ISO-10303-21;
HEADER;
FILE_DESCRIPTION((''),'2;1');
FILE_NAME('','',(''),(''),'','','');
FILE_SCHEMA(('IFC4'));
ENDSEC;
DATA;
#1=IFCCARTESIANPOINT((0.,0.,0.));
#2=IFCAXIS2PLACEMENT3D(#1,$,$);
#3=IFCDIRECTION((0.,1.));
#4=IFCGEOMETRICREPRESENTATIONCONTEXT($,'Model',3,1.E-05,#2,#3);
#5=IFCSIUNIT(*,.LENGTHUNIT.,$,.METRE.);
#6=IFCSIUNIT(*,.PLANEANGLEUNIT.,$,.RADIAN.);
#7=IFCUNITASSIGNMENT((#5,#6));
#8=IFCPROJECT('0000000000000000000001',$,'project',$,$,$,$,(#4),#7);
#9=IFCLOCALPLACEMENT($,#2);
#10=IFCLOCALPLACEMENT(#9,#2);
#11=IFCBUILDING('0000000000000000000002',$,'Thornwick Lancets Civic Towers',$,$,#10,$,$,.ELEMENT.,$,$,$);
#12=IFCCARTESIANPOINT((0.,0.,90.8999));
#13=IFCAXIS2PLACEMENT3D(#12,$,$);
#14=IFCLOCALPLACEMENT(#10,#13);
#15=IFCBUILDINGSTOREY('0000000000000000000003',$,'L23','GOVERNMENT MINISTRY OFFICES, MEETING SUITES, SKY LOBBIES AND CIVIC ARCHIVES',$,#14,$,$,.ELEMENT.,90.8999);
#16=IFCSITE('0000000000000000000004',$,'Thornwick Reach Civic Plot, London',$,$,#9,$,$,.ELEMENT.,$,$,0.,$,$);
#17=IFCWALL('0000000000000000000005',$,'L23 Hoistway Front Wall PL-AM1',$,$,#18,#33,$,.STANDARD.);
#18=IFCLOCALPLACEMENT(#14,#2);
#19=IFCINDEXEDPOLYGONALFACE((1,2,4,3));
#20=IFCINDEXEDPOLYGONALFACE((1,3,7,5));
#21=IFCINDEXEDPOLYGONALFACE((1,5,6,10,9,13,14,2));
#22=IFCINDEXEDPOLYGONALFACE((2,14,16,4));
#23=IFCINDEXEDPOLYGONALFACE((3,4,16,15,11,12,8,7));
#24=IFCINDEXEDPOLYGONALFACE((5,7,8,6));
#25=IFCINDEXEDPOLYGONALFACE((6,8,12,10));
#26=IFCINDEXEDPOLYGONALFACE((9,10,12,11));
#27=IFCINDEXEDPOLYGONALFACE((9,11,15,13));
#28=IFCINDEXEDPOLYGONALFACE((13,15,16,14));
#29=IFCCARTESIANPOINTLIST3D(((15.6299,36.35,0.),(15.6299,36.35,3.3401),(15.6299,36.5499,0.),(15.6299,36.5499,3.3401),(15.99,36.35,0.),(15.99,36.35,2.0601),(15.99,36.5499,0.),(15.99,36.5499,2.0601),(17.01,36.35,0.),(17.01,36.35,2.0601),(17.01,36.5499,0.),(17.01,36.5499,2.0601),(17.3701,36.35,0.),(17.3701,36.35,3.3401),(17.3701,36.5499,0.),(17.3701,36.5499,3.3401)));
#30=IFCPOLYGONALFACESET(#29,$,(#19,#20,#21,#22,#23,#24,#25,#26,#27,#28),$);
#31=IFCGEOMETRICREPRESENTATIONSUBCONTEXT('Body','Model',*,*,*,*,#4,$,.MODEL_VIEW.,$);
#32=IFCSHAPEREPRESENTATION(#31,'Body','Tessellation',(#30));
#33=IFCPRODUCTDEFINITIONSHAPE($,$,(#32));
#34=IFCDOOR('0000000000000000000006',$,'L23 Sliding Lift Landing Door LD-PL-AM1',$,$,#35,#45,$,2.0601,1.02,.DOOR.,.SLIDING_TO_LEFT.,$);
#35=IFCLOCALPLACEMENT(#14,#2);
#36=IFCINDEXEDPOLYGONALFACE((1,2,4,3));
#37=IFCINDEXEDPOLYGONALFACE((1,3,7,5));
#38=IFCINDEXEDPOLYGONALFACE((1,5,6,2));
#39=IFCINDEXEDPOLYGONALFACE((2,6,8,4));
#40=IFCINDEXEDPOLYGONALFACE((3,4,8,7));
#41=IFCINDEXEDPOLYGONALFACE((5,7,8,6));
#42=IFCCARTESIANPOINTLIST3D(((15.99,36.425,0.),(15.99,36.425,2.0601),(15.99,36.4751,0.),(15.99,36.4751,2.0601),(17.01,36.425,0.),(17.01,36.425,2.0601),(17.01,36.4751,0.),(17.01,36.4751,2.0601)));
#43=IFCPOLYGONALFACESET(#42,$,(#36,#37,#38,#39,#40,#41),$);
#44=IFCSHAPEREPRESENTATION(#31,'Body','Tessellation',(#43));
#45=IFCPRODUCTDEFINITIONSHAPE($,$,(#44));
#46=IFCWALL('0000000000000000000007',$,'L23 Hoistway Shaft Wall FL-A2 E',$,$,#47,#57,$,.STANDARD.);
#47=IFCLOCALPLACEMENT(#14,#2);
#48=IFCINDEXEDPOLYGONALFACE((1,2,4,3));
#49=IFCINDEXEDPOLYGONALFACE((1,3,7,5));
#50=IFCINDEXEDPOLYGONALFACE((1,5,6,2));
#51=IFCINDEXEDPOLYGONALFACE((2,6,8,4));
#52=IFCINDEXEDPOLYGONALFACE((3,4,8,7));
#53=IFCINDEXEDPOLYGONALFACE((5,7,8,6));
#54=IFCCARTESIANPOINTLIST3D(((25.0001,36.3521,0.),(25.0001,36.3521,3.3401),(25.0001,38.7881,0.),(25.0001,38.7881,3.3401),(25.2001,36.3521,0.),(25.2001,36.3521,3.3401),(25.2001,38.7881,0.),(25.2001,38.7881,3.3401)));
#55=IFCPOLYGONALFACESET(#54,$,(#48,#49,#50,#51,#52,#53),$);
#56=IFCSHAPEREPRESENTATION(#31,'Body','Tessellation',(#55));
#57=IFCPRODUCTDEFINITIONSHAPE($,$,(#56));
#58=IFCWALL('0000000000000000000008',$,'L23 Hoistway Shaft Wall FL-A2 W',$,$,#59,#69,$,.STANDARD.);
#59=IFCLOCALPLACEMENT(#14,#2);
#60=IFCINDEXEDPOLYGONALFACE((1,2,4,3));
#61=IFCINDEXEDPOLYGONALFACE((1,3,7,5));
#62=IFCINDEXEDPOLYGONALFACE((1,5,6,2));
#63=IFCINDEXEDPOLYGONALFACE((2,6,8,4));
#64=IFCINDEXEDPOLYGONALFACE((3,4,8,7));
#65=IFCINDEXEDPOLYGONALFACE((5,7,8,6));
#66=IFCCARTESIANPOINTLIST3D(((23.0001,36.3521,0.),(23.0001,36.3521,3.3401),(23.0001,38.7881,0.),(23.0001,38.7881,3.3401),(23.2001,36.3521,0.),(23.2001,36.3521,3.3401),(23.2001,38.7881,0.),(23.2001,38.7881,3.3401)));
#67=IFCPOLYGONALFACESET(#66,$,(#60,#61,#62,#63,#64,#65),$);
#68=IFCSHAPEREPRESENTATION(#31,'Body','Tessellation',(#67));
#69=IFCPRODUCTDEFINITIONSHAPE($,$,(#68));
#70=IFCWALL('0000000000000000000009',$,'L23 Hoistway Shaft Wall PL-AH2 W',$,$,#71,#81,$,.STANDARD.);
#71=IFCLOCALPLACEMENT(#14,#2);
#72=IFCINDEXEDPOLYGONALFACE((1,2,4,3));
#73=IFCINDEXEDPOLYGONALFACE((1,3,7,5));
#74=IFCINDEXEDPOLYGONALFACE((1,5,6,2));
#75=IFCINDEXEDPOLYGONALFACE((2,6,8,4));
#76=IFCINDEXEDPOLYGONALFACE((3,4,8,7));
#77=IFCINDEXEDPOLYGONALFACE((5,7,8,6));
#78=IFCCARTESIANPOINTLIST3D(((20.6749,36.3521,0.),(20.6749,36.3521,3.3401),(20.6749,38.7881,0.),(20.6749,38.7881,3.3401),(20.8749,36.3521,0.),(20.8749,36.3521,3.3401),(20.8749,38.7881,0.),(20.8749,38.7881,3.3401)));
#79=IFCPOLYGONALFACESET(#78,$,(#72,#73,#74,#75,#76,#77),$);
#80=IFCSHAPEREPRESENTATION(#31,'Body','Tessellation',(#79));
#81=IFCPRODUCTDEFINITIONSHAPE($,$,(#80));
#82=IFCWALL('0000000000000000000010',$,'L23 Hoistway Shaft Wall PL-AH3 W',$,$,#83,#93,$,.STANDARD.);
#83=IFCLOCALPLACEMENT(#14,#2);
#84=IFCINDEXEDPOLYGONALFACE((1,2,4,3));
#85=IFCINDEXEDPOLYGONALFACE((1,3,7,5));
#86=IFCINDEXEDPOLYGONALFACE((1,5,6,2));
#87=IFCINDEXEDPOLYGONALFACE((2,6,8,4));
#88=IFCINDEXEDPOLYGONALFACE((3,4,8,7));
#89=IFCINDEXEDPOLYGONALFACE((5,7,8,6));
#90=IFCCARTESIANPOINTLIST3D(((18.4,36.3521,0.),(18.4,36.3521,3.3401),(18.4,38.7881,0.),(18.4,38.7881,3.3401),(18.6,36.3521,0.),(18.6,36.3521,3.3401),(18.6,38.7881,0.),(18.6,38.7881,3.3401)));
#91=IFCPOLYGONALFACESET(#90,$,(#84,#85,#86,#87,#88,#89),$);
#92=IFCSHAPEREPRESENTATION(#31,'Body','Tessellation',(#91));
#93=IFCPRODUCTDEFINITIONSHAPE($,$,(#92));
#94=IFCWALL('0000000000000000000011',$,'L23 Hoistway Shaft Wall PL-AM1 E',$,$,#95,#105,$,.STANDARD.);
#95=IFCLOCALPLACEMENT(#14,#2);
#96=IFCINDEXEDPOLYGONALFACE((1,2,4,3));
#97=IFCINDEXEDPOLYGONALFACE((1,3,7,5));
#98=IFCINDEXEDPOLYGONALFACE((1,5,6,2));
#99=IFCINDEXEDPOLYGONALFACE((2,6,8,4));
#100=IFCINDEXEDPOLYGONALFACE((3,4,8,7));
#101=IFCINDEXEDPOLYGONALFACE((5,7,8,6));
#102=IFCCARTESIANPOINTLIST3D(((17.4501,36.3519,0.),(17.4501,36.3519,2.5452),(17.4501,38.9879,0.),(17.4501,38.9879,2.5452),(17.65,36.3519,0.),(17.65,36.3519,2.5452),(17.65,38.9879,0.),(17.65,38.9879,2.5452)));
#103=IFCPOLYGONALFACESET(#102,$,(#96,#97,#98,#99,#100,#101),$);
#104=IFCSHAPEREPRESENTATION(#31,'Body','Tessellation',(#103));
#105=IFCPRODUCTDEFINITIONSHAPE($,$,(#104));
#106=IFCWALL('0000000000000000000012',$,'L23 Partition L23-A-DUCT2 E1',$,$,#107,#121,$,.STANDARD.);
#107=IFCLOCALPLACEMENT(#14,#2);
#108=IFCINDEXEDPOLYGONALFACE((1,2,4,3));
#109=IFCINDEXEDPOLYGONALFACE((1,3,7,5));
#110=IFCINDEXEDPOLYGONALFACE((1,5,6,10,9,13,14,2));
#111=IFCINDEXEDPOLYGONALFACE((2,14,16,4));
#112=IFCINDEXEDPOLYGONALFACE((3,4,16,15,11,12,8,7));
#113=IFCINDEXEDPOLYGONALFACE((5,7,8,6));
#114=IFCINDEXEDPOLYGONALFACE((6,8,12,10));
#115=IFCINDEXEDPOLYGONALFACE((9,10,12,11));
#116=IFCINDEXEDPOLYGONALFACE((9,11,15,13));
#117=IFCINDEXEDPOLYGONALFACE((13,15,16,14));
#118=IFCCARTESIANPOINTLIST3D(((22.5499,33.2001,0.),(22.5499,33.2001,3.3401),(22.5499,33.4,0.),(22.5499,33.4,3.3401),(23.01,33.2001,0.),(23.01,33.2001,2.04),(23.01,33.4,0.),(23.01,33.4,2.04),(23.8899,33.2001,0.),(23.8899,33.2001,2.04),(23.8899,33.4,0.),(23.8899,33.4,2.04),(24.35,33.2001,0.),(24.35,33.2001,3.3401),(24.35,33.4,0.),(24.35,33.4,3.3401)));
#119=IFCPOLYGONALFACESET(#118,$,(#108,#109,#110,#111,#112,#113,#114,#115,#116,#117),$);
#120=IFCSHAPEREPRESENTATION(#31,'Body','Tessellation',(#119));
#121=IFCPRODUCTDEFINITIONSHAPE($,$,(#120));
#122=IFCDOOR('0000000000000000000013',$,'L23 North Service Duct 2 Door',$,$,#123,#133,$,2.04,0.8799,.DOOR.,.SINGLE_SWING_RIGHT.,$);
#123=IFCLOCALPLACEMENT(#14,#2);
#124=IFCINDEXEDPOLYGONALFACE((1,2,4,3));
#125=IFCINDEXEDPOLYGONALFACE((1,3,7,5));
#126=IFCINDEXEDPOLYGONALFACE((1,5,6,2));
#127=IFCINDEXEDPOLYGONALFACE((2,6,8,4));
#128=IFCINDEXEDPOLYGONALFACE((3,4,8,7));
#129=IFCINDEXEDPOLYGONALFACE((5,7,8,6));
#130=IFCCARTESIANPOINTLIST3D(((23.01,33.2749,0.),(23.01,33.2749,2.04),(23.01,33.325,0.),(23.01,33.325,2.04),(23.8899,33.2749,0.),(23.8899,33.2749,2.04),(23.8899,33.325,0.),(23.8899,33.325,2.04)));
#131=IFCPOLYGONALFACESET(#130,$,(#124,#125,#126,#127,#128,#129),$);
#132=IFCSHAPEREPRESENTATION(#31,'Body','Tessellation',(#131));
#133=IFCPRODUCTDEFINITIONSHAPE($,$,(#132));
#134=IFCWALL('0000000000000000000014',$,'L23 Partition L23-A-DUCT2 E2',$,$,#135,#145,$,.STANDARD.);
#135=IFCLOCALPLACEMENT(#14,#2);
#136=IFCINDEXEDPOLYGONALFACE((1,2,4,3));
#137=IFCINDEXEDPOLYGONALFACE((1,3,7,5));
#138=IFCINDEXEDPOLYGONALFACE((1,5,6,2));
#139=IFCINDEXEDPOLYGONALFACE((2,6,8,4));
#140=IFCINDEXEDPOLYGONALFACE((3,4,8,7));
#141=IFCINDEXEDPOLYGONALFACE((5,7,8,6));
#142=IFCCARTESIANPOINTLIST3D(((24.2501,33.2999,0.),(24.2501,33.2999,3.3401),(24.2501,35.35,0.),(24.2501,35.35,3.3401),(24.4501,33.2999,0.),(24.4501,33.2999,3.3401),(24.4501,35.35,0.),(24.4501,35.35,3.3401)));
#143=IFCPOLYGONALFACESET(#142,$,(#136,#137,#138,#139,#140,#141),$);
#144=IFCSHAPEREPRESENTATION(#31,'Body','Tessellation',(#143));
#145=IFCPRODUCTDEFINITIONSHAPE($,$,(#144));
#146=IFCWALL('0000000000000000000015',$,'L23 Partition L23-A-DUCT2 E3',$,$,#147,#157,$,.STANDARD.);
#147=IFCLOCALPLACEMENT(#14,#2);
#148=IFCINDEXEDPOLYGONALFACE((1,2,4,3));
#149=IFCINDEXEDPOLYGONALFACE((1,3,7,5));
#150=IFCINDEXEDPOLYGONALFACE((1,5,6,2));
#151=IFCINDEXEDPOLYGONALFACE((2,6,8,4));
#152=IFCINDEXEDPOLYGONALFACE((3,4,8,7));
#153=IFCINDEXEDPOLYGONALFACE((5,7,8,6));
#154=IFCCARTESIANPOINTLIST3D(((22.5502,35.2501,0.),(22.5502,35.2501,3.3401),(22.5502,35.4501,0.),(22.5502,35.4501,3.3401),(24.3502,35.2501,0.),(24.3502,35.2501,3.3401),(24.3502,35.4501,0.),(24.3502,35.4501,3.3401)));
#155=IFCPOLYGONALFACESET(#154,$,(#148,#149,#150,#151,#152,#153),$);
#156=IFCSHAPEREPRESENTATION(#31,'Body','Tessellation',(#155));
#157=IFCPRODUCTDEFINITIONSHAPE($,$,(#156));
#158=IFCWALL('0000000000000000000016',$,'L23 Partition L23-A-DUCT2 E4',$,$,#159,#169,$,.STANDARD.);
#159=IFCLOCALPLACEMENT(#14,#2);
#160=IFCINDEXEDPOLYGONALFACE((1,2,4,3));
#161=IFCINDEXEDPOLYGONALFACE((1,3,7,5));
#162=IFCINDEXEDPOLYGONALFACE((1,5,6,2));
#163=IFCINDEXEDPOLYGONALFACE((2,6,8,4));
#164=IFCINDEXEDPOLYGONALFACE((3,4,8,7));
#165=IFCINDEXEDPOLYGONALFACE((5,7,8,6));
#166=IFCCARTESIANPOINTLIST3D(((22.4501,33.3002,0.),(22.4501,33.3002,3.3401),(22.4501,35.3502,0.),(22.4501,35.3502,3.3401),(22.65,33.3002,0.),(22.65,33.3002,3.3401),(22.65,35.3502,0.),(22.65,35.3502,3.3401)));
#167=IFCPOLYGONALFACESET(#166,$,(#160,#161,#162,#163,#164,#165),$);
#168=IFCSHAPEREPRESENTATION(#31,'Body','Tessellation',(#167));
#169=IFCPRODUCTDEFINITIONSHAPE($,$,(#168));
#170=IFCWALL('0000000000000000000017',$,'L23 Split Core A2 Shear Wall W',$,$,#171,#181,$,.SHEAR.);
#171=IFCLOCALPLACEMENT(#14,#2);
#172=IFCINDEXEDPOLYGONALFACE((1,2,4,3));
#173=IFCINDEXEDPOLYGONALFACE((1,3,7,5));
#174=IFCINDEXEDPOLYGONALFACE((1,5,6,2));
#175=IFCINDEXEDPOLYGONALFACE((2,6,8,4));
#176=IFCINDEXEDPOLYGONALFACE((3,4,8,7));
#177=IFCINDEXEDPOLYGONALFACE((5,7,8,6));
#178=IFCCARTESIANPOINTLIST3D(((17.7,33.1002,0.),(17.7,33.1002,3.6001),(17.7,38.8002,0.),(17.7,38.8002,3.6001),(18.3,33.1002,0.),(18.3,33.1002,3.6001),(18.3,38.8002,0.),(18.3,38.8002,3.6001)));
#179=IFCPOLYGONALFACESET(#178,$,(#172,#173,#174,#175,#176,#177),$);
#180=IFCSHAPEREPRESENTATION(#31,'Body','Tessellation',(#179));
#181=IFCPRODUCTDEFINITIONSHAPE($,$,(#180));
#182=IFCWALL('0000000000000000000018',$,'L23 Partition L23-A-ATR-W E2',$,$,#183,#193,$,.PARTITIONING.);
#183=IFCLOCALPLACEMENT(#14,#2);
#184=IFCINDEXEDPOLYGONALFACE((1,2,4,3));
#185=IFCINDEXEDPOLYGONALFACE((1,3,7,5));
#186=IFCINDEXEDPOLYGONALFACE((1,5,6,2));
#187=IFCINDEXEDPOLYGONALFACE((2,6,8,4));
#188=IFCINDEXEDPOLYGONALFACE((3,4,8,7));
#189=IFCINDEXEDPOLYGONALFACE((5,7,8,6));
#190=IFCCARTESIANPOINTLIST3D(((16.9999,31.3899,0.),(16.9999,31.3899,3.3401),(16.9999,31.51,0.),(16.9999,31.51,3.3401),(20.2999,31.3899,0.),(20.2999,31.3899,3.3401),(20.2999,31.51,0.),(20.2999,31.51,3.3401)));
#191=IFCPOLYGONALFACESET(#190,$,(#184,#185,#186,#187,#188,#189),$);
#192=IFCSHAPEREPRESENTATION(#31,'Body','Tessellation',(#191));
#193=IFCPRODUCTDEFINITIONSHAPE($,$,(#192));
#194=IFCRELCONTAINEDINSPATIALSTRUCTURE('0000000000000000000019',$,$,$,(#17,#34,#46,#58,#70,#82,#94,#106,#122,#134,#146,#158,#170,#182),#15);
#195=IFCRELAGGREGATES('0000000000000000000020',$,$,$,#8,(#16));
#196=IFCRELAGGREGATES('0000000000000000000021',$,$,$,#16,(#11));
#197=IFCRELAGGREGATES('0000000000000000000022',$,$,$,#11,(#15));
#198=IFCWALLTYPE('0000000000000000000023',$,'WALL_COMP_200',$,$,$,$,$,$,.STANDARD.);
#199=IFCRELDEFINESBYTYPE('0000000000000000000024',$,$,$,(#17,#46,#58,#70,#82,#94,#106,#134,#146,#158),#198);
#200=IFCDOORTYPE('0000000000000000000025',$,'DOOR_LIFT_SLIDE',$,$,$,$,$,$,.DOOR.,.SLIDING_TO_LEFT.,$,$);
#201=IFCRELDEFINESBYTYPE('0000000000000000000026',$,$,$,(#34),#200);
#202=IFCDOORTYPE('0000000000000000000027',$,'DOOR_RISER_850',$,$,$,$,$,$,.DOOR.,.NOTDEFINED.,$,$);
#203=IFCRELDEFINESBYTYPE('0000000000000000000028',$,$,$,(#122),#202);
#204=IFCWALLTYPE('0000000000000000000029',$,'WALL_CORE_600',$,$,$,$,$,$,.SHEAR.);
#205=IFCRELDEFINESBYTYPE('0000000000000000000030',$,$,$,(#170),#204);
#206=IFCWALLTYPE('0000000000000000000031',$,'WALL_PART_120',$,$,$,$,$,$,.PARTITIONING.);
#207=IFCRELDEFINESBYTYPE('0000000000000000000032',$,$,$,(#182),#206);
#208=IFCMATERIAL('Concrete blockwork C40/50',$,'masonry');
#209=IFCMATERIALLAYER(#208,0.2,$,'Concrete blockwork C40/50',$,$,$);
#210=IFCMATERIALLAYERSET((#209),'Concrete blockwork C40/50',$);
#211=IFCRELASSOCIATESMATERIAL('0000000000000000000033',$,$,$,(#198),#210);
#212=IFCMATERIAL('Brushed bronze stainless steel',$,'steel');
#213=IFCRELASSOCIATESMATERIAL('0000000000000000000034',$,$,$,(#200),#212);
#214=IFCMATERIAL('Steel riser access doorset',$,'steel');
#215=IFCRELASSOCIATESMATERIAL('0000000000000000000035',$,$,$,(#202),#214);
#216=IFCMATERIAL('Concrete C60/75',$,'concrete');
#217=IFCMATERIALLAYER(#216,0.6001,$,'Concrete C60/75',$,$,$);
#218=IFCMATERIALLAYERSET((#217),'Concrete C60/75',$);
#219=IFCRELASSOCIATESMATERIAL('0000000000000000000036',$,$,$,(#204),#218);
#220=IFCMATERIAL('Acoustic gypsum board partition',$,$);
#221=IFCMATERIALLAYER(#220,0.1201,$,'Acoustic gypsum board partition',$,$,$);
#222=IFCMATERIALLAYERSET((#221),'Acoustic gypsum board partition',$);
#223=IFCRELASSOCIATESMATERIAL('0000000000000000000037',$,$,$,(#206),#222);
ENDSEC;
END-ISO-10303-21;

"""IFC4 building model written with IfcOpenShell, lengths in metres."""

from ifc_helpers import new_model, si_unit, direction, frame, frame_2d, origin, place, context, subcontext, project, spatial, rectangle, extrude, material, layer, layer_set, type_object, element, fill, save


model = new_model("IFC4")

# Units and contexts
model_context = context("Model", 3, precision=1e-05, world=origin(), true_north=direction((0.0, 1.0)))
body_context = subcontext(model_context, "Body", "Model", "MODEL_VIEW")
ifc_project = project(units=[si_unit("LENGTHUNIT", "METRE"), si_unit("PLANEANGLEUNIT", "RADIAN")], contexts=[model_context])

# Site, building, storey
site_placement = place(None, origin())
site = spatial("IfcSite", under=ifc_project, at=site_placement, Name="Thornwick Reach Civic Plot, London", CompositionType="ELEMENT", RefElevation=0.0)
building_placement = place(site_placement, origin())
building = spatial("IfcBuilding", under=site, at=building_placement, Name="Thornwick Lancets Civic Towers", CompositionType="ELEMENT")
storey_placement = place(building_placement, frame((0.0, 0.0, 90.8999)))
storey = spatial("IfcBuildingStorey", under=building, at=storey_placement, Name="L23", Description="GOVERNMENT MINISTRY OFFICES, MEETING SUITES, SKY LOBBIES AND CIVIC ARCHIVES", CompositionType="ELEMENT", Elevation=90.8999)

# Wall, opening, door
ifc_material_1 = material(Name="Concrete blockwork C40/50", Category="masonry")
ifc_layer_1 = layer(ifc_material_1, 0.2, Name="Concrete blockwork C40/50")
ifc_layer_set_1 = layer_set([ifc_layer_1], Name="Concrete blockwork C40/50")
wall_type_1 = type_object("IfcWallType", Name="WALL_COMP_200", PredefinedType="STANDARD", material=ifc_layer_set_1)
wall_1_placement = place(storey_placement, frame((17.3701, 36.45, 0.0), z_axis=(0.0, 0.0, 1.0), x_axis=(-1.0, 0.0, 0.0)))
wall_1 = element("IfcWall", 1, at=wall_1_placement, inside=storey, type_object=wall_type_1, Name="L23 Hoistway Front Wall PL-AM1", PredefinedType="STANDARD", context=body_context, shape_type="SweptSolid", body=[
    extrude(rectangle(XDim=1.7402, YDim=0.2, at=frame_2d((0.8701, 0.0))), origin(), (0.0, 0.0, 1.0), 3.3401),
])
opening_1_placement = place(wall_1_placement, frame((0.3601, 0.0, 0.0)))
opening_1 = element("IfcOpeningElement", 2, at=opening_1_placement, cuts=wall_1, PredefinedType="OPENING", context=body_context, shape_type="SweptSolid", body=[
    extrude(rectangle(XDim=1.02, YDim=2.0601, at=frame_2d((0.51, 1.03))), frame((0.0, 0.1099, 0.0), z_axis=(0.0, -1.0, 0.0), x_axis=(1.0, 0.0, 0.0)), (0.0, 0.0, 1.0), 0.22),
])
ifc_material_2 = material(Name="Brushed bronze stainless steel", Category="steel")
door_type_1 = type_object("IfcDoorType", Name="DOOR_LIFT_SLIDE", OperationType="SLIDING_TO_LEFT", PredefinedType="DOOR", material=ifc_material_2)
door_1_placement = place(opening_1_placement, origin())
door_1 = element("IfcDoor", 3, at=door_1_placement, inside=storey, type_object=door_type_1, Name="L23 Sliding Lift Landing Door LD-PL-AM1", OperationType="SLIDING_TO_LEFT", OverallHeight=2.0601, OverallWidth=1.02, PredefinedType="DOOR", context=body_context, shape_type="SweptSolid", body=[
    extrude(rectangle(XDim=1.02, YDim=2.0601, at=frame_2d((0.51, 1.03))), frame((0.0, 0.0249, 0.0), z_axis=(0.0, -1.0, 0.0), x_axis=(1.0, 0.0, 0.0)), (0.0, 0.0, 1.0), 0.05),
])
fill(opening_1, door_1)

# Walls
for number, where, z_axis, x_axis, name in (
    (4, (25.1001, 36.3521, 0.0), (0.0, 0.0, 1.0), (0.0, 1.0, 0.0), "L23 Hoistway Shaft Wall FL-A2 E"),
    (5, (23.1001, 36.3521, 0.0), (0.0, 0.0, 1.0), (0.0, 1.0, 0.0), "L23 Hoistway Shaft Wall FL-A2 W"),
    (6, (20.7749, 36.3521, 0.0), (0.0, 0.0, 1.0), (0.0, 1.0, 0.0), "L23 Hoistway Shaft Wall PL-AH2 W"),
    (7, (18.5, 36.3521, 0.0), (0.0, 0.0, 1.0), (0.0, 1.0, 0.0), "L23 Hoistway Shaft Wall PL-AH3 W"),
):
    element("IfcWall", number, at=place(storey_placement, frame(where, z_axis=z_axis, x_axis=x_axis)), inside=storey, type_object=wall_type_1, Name=name, PredefinedType="STANDARD", context=body_context, shape_type="SweptSolid", body=[
        extrude(rectangle(XDim=2.436, YDim=0.2, at=frame_2d((1.218, 0.0))), origin(), (0.0, 0.0, 1.0), 3.3401),
    ])
wall_2_placement = place(storey_placement, frame((17.55, 36.3521, 0.0), z_axis=(0.0, 0.0, 1.0), x_axis=(0.0, 1.0, 0.0)))
element("IfcWall", 8, at=wall_2_placement, inside=storey, type_object=wall_type_1, Name="L23 Hoistway Shaft Wall PL-AM1 E", PredefinedType="STANDARD", context=body_context, shape_type="SweptSolid", body=[
    extrude(rectangle(XDim=2.636, YDim=0.2, at=frame_2d((1.3179, 0.0))), origin(), (0.0, 0.0, 1.0), 2.5452),
])

# Wall, opening, door
wall_3_placement = place(storey_placement, frame((22.55, 33.3, 0.0), z_axis=(0.0, 0.0, 1.0), x_axis=(1.0, 0.0, 0.0)))
wall_3 = element("IfcWall", 9, at=wall_3_placement, inside=storey, type_object=wall_type_1, Name="L23 Partition L23-A-DUCT2 E1", PredefinedType="STANDARD", context=body_context, shape_type="SweptSolid", body=[
    extrude(rectangle(XDim=1.8, YDim=0.2, at=frame_2d((0.8999, 0.0))), origin(), (0.0, 0.0, 1.0), 3.3401),
])
opening_2_placement = place(wall_3_placement, frame((0.46, 0.0, 0.0)))
opening_2 = element("IfcOpeningElement", 10, at=opening_2_placement, cuts=wall_3, PredefinedType="OPENING", context=body_context, shape_type="SweptSolid", body=[
    extrude(rectangle(XDim=0.8799, YDim=2.04, at=frame_2d((0.4399, 1.02))), frame((0.0, 0.1099, 0.0), z_axis=(0.0, -1.0, 0.0), x_axis=(1.0, 0.0, 0.0)), (0.0, 0.0, 1.0), 0.22),
])
ifc_material_3 = material(Name="Steel riser access doorset", Category="steel")
door_type_2 = type_object("IfcDoorType", Name="DOOR_RISER_850", OperationType="NOTDEFINED", PredefinedType="DOOR", material=ifc_material_3)
door_2_placement = place(opening_2_placement, origin())
door_2 = element("IfcDoor", 11, at=door_2_placement, inside=storey, type_object=door_type_2, Name="L23 North Service Duct 2 Door", OperationType="SINGLE_SWING_RIGHT", OverallHeight=2.04, OverallWidth=0.8799, PredefinedType="DOOR", context=body_context, shape_type="SweptSolid", body=[
    extrude(rectangle(XDim=0.8799, YDim=2.04, at=frame_2d((0.4399, 1.02))), frame((0.0, 0.0249, 0.0), z_axis=(0.0, -1.0, 0.0), x_axis=(1.0, 0.0, 0.0)), (0.0, 0.0, 1.0), 0.05),
])
fill(opening_2, door_2)

# Walls
wall_4_placement = place(storey_placement, frame((24.3501, 33.3, 0.0), z_axis=(0.0, 0.0, 1.0), x_axis=(0.0, 1.0, 0.0)))
element("IfcWall", 12, at=wall_4_placement, inside=storey, type_object=wall_type_1, Name="L23 Partition L23-A-DUCT2 E2", PredefinedType="STANDARD", context=body_context, shape_type="SweptSolid", body=[
    extrude(rectangle(XDim=2.05, YDim=0.2, at=frame_2d((1.0249, 0.0))), origin(), (0.0, 0.0, 1.0), 3.3401),
])
wall_5_placement = place(storey_placement, frame((24.3501, 35.3501, 0.0), z_axis=(0.0, 0.0, 1.0), x_axis=(-1.0, 0.0, 0.0)))
element("IfcWall", 13, at=wall_5_placement, inside=storey, type_object=wall_type_1, Name="L23 Partition L23-A-DUCT2 E3", PredefinedType="STANDARD", context=body_context, shape_type="SweptSolid", body=[
    extrude(rectangle(XDim=1.8, YDim=0.2, at=frame_2d((0.8999, 0.0))), origin(), (0.0, 0.0, 1.0), 3.3401),
])
wall_6_placement = place(storey_placement, frame((22.55, 35.3501, 0.0), z_axis=(0.0, 0.0, 1.0), x_axis=(0.0, -1.0, 0.0)))
element("IfcWall", 14, at=wall_6_placement, inside=storey, type_object=wall_type_1, Name="L23 Partition L23-A-DUCT2 E4", PredefinedType="STANDARD", context=body_context, shape_type="SweptSolid", body=[
    extrude(rectangle(XDim=2.05, YDim=0.2, at=frame_2d((1.0249, 0.0))), origin(), (0.0, 0.0, 1.0), 3.3401),
])
ifc_material_4 = material(Name="Concrete C60/75", Category="concrete")
ifc_layer_2 = layer(ifc_material_4, 0.6001, Name="Concrete C60/75")
ifc_layer_set_2 = layer_set([ifc_layer_2], Name="Concrete C60/75")
wall_type_2 = type_object("IfcWallType", Name="WALL_CORE_600", PredefinedType="SHEAR", material=ifc_layer_set_2)
wall_7_placement = place(storey_placement, frame((18.0, 33.1001, 0.0), z_axis=(0.0, 0.0, 1.0), x_axis=(0.0, 1.0, 0.0)))
element("IfcWall", 15, at=wall_7_placement, inside=storey, type_object=wall_type_2, Name="L23 Split Core A2 Shear Wall W", PredefinedType="SHEAR", context=body_context, shape_type="SweptSolid", body=[
    extrude(rectangle(XDim=5.7, YDim=0.6001, at=frame_2d((2.8501, 0.0))), origin(), (0.0, 0.0, 1.0), 3.6001),
])
ifc_material_5 = material(Name="Acoustic gypsum board partition")
ifc_layer_3 = layer(ifc_material_5, 0.1201, Name="Acoustic gypsum board partition")
ifc_layer_set_3 = layer_set([ifc_layer_3], Name="Acoustic gypsum board partition")
wall_type_3 = type_object("IfcWallType", Name="WALL_PART_120", PredefinedType="PARTITIONING", material=ifc_layer_set_3)
wall_8_placement = place(storey_placement, frame((17.0, 31.45, 0.0), z_axis=(0.0, 0.0, 1.0), x_axis=(1.0, 0.0, 0.0)))
element("IfcWall", 16, at=wall_8_placement, inside=storey, type_object=wall_type_3, Name="L23 Partition L23-A-ATR-W E2", PredefinedType="PARTITIONING", context=body_context, shape_type="SweptSolid", body=[
    extrude(rectangle(XDim=3.3, YDim=0.1201, at=frame_2d((1.6499, 0.0))), origin(), (0.0, 0.0, 1.0), 3.3401),
])

save(model, "model.ifc")
